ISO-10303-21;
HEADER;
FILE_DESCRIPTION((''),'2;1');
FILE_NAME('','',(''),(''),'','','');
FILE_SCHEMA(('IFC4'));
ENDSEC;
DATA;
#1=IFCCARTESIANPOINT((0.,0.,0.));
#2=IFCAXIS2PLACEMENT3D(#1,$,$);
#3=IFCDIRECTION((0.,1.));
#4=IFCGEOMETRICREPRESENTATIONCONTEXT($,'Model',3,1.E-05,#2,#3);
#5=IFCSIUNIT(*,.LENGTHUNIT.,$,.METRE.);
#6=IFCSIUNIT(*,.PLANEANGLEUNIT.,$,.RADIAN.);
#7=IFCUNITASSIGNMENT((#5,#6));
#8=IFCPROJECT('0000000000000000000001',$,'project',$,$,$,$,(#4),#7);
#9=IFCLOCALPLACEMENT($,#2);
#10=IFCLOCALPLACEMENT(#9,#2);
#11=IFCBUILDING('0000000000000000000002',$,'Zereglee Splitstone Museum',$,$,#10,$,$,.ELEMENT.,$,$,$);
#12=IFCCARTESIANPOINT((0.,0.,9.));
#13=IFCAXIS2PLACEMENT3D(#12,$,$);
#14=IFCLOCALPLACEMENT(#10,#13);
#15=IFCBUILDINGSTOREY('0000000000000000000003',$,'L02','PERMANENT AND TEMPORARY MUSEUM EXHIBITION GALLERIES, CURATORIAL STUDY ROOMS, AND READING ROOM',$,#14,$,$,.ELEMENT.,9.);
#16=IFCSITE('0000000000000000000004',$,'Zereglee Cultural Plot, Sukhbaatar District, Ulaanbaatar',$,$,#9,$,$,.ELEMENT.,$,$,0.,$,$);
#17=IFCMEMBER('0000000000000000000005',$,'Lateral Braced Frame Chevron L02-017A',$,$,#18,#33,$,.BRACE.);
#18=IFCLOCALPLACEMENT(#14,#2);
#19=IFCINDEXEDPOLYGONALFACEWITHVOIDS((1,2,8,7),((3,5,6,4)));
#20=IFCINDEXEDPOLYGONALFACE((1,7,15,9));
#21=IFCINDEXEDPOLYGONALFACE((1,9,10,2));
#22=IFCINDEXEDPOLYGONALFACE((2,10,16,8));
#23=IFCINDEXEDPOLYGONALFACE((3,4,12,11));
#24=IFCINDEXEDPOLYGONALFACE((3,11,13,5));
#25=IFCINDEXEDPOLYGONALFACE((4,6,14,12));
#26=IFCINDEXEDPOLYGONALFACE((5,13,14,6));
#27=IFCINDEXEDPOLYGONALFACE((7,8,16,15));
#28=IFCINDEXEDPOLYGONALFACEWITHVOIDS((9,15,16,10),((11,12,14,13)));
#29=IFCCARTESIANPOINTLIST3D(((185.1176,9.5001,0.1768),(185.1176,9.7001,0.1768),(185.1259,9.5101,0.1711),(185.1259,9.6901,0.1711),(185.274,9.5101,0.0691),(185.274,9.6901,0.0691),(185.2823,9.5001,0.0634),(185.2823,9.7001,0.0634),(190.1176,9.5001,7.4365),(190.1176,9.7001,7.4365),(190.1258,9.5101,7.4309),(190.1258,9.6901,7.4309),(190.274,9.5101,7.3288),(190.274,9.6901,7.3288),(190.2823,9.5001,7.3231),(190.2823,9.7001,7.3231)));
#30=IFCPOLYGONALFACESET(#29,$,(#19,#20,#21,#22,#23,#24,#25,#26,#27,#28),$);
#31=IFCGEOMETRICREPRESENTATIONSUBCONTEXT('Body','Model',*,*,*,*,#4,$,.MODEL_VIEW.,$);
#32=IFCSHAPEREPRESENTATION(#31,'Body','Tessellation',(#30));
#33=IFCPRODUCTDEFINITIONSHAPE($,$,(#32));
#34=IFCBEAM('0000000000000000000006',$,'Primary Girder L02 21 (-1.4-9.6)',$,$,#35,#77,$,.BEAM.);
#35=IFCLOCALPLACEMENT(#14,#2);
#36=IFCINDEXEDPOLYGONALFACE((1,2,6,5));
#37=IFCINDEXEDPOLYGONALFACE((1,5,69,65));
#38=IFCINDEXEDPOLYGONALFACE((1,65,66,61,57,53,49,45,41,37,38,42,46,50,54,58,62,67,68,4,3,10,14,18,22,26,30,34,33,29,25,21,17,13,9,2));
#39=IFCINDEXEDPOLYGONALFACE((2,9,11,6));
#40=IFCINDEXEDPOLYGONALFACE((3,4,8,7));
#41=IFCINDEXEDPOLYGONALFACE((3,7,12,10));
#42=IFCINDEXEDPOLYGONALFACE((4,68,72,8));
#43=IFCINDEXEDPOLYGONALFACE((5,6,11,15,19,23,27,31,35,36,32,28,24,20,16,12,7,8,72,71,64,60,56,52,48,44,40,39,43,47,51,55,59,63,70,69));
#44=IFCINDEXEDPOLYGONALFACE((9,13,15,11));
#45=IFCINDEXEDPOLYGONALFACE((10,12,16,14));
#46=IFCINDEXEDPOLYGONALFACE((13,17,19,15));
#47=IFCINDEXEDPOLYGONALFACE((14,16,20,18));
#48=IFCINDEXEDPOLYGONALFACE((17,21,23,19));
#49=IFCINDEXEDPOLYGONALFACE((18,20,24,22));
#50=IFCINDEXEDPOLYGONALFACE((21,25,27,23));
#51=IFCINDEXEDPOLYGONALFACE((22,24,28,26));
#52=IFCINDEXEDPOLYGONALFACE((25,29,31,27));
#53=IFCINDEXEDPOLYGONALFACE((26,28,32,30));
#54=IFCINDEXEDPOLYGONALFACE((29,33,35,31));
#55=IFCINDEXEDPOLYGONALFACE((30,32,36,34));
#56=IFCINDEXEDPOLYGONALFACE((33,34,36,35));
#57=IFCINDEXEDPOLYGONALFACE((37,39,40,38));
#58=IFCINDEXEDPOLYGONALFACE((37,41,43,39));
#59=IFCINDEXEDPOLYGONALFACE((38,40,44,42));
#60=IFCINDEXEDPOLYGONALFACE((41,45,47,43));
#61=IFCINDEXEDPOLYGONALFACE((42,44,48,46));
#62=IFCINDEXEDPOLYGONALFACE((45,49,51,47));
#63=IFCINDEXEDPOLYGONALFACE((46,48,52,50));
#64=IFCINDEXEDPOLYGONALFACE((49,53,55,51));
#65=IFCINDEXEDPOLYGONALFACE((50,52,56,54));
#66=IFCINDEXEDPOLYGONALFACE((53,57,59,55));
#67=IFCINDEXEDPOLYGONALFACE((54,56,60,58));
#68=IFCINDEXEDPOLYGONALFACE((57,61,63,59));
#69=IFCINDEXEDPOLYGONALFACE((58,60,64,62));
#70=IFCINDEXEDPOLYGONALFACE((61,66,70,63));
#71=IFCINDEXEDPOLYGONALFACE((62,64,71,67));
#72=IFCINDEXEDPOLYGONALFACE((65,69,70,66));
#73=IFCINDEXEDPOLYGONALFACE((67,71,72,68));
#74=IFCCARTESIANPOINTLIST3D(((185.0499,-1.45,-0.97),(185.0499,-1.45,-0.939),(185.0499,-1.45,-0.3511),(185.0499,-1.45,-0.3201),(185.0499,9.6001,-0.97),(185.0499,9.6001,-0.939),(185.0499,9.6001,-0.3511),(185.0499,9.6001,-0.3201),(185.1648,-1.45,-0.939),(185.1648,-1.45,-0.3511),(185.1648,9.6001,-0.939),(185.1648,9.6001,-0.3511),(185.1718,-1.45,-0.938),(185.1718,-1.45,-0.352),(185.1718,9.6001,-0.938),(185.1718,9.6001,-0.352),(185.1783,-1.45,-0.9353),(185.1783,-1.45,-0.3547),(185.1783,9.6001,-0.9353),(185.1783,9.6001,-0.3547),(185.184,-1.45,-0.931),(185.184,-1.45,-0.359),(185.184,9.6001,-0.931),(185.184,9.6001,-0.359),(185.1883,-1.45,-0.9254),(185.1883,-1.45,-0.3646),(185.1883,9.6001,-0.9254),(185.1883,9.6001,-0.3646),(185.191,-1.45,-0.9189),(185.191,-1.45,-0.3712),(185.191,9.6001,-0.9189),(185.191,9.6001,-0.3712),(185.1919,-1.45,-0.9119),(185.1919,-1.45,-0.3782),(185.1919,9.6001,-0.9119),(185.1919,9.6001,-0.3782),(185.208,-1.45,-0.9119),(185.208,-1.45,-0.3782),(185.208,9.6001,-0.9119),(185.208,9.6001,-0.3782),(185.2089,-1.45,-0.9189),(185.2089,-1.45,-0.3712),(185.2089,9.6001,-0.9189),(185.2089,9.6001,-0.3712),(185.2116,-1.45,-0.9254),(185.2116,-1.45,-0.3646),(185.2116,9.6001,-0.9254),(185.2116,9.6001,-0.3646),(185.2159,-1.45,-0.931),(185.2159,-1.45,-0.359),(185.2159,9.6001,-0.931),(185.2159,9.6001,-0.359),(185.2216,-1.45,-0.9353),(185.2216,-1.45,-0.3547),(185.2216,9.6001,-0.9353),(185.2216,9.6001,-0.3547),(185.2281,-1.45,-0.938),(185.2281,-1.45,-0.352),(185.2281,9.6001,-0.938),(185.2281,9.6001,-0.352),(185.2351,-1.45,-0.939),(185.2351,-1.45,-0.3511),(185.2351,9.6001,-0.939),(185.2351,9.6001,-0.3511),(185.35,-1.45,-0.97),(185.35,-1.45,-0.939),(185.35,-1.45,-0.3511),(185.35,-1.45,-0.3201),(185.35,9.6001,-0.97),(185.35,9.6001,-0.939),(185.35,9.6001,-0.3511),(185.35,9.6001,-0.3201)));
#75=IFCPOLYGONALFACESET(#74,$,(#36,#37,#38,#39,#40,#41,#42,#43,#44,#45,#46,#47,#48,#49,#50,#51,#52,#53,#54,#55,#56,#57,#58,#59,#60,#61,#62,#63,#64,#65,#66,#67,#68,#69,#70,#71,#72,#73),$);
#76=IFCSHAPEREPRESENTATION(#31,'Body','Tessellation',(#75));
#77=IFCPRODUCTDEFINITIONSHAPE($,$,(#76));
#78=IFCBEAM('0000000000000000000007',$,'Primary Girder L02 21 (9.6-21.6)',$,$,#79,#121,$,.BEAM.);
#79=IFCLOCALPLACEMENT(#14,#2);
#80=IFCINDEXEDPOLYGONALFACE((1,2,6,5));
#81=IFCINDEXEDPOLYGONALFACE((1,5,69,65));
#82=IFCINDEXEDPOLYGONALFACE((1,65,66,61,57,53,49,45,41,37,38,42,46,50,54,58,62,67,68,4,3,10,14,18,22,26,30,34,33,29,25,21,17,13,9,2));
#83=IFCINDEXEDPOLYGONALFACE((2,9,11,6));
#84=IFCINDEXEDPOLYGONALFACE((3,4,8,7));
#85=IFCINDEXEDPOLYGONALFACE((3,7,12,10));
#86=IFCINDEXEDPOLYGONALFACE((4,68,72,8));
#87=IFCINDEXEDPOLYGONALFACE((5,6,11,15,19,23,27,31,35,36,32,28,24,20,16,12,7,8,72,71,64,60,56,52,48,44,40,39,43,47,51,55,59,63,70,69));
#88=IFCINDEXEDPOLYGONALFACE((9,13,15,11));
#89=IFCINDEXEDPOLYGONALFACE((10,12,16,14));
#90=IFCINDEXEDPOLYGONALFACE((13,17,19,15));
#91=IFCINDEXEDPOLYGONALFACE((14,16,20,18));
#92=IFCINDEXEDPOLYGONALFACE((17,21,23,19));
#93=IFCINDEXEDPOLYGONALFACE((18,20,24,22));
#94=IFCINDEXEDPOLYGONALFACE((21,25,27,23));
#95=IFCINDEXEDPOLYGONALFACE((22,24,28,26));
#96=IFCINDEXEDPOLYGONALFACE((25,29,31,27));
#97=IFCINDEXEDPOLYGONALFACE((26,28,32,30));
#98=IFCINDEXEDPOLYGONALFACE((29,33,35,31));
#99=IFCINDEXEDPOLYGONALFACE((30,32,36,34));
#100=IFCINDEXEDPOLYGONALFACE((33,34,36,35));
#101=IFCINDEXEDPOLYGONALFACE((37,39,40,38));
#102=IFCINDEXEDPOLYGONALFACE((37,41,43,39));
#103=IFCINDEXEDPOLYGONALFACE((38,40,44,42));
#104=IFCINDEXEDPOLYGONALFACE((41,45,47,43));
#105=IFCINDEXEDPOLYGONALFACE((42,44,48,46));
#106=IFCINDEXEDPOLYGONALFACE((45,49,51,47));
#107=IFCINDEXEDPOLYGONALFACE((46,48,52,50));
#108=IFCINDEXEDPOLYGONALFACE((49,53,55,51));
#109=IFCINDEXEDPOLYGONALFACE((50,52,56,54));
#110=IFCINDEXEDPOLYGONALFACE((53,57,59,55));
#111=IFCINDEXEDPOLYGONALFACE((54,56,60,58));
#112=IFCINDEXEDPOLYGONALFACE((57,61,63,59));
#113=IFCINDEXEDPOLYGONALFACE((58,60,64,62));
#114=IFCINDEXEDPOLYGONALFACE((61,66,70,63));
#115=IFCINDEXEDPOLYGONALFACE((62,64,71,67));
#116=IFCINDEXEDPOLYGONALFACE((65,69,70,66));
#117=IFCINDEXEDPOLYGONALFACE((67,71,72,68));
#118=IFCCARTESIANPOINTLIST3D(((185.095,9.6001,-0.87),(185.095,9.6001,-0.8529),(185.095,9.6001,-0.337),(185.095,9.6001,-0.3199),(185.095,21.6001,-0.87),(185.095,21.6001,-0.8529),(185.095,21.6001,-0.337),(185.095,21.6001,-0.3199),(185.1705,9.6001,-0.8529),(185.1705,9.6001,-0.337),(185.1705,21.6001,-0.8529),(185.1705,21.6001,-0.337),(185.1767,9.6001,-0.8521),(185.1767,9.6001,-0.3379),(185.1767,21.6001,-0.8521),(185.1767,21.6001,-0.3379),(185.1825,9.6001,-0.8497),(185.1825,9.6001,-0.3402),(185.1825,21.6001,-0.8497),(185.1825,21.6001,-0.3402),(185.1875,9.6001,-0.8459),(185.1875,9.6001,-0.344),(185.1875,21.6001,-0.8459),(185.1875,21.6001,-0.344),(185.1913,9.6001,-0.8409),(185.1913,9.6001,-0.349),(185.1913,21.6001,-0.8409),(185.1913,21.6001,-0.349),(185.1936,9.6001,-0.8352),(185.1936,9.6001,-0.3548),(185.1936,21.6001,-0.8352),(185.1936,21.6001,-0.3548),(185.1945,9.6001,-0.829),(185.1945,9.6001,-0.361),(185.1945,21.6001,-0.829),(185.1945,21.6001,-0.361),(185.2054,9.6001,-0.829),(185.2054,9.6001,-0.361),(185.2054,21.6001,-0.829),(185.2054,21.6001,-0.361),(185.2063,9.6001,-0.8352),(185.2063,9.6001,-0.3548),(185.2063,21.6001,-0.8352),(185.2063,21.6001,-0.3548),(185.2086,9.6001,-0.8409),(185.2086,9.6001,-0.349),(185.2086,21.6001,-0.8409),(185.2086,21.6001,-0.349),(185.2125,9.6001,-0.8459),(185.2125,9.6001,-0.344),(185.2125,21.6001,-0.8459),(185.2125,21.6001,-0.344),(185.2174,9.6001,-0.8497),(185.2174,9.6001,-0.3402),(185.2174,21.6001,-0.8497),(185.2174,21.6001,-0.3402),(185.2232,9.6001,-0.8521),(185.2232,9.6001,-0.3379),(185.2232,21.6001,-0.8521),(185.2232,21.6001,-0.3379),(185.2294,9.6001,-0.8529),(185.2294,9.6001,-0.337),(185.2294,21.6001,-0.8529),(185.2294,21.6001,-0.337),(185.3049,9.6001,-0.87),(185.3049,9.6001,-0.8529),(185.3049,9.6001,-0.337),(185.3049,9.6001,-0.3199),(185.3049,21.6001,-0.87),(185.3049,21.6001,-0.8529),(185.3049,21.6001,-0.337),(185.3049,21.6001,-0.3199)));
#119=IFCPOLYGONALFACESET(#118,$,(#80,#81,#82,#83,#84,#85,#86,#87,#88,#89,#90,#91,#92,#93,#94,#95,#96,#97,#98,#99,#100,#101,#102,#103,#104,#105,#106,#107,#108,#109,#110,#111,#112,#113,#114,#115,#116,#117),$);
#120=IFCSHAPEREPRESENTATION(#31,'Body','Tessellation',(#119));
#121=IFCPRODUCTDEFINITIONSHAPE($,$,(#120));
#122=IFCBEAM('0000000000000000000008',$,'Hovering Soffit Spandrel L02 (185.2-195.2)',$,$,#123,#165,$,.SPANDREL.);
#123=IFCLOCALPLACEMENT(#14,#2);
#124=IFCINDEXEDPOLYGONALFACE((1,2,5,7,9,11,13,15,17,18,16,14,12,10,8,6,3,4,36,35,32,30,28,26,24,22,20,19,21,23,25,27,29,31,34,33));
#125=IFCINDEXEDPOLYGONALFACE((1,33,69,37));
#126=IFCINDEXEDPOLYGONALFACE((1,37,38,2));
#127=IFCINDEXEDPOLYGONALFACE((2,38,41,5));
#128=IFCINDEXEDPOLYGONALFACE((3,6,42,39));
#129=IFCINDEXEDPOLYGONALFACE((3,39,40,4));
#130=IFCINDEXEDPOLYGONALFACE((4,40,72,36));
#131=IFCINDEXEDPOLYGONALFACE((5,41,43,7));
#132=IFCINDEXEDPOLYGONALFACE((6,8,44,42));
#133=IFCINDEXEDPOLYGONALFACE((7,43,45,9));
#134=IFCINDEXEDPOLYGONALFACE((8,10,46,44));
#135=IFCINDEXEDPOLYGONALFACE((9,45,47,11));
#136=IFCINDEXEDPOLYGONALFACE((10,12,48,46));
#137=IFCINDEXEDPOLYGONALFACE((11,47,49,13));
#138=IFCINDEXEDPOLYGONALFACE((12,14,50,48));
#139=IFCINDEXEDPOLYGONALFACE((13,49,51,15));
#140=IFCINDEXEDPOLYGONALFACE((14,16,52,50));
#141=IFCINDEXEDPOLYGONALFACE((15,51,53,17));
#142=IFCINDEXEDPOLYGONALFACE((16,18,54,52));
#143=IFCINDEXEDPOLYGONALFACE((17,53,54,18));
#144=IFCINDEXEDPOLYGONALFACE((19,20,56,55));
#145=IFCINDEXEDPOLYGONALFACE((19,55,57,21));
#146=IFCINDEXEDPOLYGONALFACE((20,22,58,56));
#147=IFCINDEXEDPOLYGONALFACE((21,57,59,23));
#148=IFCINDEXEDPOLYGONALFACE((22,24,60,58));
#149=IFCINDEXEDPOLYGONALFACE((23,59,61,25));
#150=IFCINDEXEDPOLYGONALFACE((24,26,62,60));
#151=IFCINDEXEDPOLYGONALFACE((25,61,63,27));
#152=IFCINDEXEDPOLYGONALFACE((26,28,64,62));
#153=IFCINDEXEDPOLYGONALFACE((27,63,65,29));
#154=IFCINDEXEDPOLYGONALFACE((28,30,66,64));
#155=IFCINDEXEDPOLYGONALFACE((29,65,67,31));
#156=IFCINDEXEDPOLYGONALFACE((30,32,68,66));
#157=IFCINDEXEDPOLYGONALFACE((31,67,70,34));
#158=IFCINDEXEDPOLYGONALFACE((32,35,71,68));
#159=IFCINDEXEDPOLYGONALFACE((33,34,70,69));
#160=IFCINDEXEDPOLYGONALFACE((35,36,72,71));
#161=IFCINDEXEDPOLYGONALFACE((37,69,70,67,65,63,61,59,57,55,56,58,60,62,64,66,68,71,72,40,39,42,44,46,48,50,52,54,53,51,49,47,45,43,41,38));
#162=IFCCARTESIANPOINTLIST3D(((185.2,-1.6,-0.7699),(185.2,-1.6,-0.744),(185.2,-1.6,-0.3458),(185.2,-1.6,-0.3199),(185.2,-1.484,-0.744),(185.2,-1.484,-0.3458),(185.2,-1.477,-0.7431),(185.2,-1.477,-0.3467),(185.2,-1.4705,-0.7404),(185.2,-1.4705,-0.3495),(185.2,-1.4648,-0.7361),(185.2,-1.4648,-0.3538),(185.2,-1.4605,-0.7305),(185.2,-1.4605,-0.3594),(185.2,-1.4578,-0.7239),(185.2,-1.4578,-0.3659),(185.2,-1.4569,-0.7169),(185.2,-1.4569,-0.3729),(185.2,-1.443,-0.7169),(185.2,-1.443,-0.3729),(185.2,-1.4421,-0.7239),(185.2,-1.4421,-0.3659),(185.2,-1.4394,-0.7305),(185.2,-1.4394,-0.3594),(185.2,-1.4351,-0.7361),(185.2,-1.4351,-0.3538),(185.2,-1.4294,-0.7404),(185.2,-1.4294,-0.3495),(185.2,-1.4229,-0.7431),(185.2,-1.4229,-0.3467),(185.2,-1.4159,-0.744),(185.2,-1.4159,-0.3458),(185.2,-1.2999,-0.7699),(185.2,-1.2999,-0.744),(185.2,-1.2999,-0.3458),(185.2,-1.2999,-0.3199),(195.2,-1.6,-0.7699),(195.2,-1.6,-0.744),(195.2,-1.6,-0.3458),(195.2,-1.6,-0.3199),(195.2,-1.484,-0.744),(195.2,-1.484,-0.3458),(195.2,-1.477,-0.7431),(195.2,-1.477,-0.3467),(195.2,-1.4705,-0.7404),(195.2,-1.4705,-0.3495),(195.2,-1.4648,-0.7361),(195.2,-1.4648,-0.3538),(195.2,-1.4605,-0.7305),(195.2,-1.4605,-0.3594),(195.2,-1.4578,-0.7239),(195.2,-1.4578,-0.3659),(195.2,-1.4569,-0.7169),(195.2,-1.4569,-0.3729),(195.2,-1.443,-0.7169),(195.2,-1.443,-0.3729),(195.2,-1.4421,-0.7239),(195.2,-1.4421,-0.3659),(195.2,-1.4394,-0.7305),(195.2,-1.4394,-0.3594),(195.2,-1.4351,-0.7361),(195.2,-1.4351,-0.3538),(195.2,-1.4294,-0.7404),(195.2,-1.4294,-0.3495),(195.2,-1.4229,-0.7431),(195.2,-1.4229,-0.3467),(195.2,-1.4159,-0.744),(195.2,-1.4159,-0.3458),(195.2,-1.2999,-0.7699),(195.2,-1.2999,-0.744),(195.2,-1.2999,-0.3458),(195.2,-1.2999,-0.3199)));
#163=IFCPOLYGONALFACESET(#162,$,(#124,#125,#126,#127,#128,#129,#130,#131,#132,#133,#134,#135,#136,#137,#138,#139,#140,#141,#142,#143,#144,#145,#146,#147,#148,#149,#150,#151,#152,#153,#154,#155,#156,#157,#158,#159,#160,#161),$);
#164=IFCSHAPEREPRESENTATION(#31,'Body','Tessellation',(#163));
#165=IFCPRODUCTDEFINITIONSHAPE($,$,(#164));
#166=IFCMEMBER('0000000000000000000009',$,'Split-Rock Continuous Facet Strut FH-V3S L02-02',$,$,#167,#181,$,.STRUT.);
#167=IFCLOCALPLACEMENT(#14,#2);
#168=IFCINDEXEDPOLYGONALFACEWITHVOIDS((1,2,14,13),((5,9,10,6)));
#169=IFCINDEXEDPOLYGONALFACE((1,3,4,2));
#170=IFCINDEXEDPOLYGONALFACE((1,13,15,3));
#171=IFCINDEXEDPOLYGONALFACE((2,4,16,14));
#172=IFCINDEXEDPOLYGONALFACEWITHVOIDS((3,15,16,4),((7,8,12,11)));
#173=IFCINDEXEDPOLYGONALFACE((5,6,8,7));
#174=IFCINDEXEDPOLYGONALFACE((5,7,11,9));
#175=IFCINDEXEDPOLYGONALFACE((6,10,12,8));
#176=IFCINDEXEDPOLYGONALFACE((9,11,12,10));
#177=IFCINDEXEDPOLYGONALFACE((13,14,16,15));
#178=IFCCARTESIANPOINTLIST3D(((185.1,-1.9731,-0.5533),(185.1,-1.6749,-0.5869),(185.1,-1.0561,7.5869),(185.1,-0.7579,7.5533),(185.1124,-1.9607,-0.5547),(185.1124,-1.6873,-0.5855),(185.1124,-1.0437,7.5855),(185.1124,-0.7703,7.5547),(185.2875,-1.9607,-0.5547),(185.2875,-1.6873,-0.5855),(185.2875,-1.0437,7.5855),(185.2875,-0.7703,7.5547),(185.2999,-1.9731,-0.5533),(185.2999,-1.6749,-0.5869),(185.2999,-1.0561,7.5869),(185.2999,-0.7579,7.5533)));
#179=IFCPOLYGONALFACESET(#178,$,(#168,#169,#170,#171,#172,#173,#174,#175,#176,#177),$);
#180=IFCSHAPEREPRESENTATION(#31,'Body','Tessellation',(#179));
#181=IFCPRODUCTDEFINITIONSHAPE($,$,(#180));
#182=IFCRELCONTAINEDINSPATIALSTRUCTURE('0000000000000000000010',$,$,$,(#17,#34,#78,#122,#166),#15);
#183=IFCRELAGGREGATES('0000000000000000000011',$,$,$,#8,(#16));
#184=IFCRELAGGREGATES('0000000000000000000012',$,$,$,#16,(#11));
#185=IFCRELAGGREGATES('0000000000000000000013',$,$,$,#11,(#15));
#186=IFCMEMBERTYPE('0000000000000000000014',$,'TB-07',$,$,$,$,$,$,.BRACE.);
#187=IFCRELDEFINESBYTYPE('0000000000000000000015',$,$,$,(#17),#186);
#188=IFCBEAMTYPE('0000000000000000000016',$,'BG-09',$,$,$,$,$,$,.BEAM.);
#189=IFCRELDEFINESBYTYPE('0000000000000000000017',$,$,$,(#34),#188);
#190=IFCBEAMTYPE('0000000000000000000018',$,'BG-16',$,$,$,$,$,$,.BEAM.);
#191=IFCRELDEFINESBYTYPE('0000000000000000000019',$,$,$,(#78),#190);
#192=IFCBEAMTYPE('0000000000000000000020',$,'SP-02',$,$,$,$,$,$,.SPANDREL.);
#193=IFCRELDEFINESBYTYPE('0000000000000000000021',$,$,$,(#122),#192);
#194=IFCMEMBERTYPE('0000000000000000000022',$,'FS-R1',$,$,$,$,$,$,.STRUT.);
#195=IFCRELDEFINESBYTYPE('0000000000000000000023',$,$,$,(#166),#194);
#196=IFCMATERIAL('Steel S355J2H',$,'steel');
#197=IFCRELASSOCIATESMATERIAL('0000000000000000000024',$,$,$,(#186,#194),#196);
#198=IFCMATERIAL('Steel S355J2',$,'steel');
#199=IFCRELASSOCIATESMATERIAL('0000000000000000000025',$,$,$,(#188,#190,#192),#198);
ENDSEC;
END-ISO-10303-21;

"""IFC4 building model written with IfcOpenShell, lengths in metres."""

from ifc_helpers import new_model, si_unit, direction, frame, origin, origin_2d, place, context, subcontext, project, spatial, hollow_rectangle, i_section, extrude, material, material_profile, profile_set, type_object, element, save


model = new_model("IFC4")

# Units and contexts
model_context = context("Model", 3, precision=1e-05, world=origin(), true_north=direction((0.0, 1.0)))
body_context = subcontext(model_context, "Body", "Model", "MODEL_VIEW")
ifc_project = project(units=[si_unit("LENGTHUNIT", "METRE"), si_unit("PLANEANGLEUNIT", "RADIAN")], contexts=[model_context])

# Site, building, storey
site_placement = place(None, origin())
site = spatial("IfcSite", under=ifc_project, at=site_placement, Name="Zereglee Cultural Plot, Sukhbaatar District, Ulaanbaatar", CompositionType="ELEMENT", RefElevation=0.0)
building_placement = place(site_placement, origin())
building = spatial("IfcBuilding", under=site, at=building_placement, Name="Zereglee Splitstone Museum", CompositionType="ELEMENT")
storey_placement = place(building_placement, frame((0.0, 0.0, 9.0)))
storey = spatial("IfcBuildingStorey", under=building, at=storey_placement, Name="L02", Description="PERMANENT AND TEMPORARY MUSEUM EXHIBITION GALLERIES, CURATORIAL STUDY ROOMS, AND READING ROOM", CompositionType="ELEMENT", Elevation=9.0)

# Member
ifc_material_1 = material(Name="Steel S355J2H", Category="steel")
ifc_material_profile_1 = material_profile(ifc_material_1, hollow_rectangle(XDim=0.2, YDim=0.2, WallThickness=0.01, at=origin_2d()), Name="SHS 200x200x10")
ifc_profile_set_1 = profile_set([ifc_material_profile_1], Name="Steel S355J2H")
member_type_1 = type_object("IfcMemberType", Name="TB-07", PredefinedType="BRACE", material=ifc_profile_set_1)
member_1_placement = place(storey_placement, frame((185.2, 9.6001, 0.1201), z_axis=(0.567215, 0.0, 0.82357), x_axis=(0.0, 1.0, 0.0)))
element("IfcMember", 1, at=member_1_placement, inside=storey, type_object=member_type_1, Name="Lateral Braced Frame Chevron L02-017A", PredefinedType="BRACE", context=body_context, shape_type="SweptSolid", body=[
    extrude(hollow_rectangle(XDim=0.2, YDim=0.2, WallThickness=0.01, at=origin_2d()), origin(), (0.0, 0.0, 1.0), 8.8149),
])

# Beams
ifc_material_2 = material(Name="Steel S355J2", Category="steel")
ifc_material_profile_2 = material_profile(ifc_material_2, i_section(OverallWidth=0.3, OverallDepth=0.6499, WebThickness=0.0161, FlangeThickness=0.031, FilletRadius=0.0271, at=origin_2d()), Name="HE 650 B")
ifc_profile_set_2 = profile_set([ifc_material_profile_2], Name="Steel S355J2")
beam_type_1 = type_object("IfcBeamType", Name="BG-09", PredefinedType="BEAM", material=ifc_profile_set_2)
beam_1_placement = place(storey_placement, frame((185.2, -1.45, -0.645), z_axis=(0.0, 1.0, 0.0), x_axis=(-1.0, 0.0, 0.0)))
element("IfcBeam", 2, at=beam_1_placement, inside=storey, type_object=beam_type_1, Name="Primary Girder L02 21 (-1.4-9.6)", PredefinedType="BEAM", context=body_context, shape_type="SweptSolid", body=[
    extrude(i_section(OverallWidth=0.3, OverallDepth=0.6499, WebThickness=0.0161, FlangeThickness=0.031, FilletRadius=0.0271, at=origin_2d()), origin(), (0.0, 0.0, 1.0), 11.05),
])
ifc_material_profile_3 = material_profile(ifc_material_2, i_section(OverallWidth=0.21, OverallDepth=0.55, WebThickness=0.011, FlangeThickness=0.0171, FilletRadius=0.0239, at=origin_2d()), Name="IPE 550")
ifc_profile_set_3 = profile_set([ifc_material_profile_3], Name="Steel S355J2")
beam_type_2 = type_object("IfcBeamType", Name="BG-16", PredefinedType="BEAM", material=ifc_profile_set_3)
beam_2_placement = place(storey_placement, frame((185.2, 9.6001, -0.595), z_axis=(0.0, 1.0, 0.0), x_axis=(-1.0, 0.0, 0.0)))
element("IfcBeam", 3, at=beam_2_placement, inside=storey, type_object=beam_type_2, Name="Primary Girder L02 21 (9.6-21.6)", PredefinedType="BEAM", context=body_context, shape_type="SweptSolid", body=[
    extrude(i_section(OverallWidth=0.21, OverallDepth=0.55, WebThickness=0.011, FlangeThickness=0.0171, FilletRadius=0.0239, at=origin_2d()), origin(), (0.0, 0.0, 1.0), 12.0),
])
ifc_material_profile_4 = material_profile(ifc_material_2, i_section(OverallWidth=0.3, OverallDepth=0.45, WebThickness=0.0139, FlangeThickness=0.0259, FilletRadius=0.0271, at=origin_2d()), Name="HE 450 B")
ifc_profile_set_4 = profile_set([ifc_material_profile_4], Name="Steel S355J2")
beam_type_3 = type_object("IfcBeamType", Name="SP-02", PredefinedType="SPANDREL", material=ifc_profile_set_4)
beam_3_placement = place(storey_placement, frame((185.2, -1.45, -0.5449), z_axis=(1.0, 0.0, 0.0), x_axis=(0.0, 1.0, 0.0)))
element("IfcBeam", 4, at=beam_3_placement, inside=storey, type_object=beam_type_3, Name="Hovering Soffit Spandrel L02 (185.2-195.2)", PredefinedType="SPANDREL", context=body_context, shape_type="SweptSolid", body=[
    extrude(i_section(OverallWidth=0.3, OverallDepth=0.45, WebThickness=0.0139, FlangeThickness=0.0259, FilletRadius=0.0271, at=origin_2d()), origin(), (0.0, 0.0, 1.0), 10.0),
])

# Member
ifc_material_profile_5 = material_profile(ifc_material_1, hollow_rectangle(XDim=0.2, YDim=0.3, WallThickness=0.0125, at=origin_2d()), Name="RHS 300x200x12.5")
ifc_profile_set_5 = profile_set([ifc_material_profile_5], Name="Steel S355J2H")
member_type_2 = type_object("IfcMemberType", Name="FS-R1", PredefinedType="STRUT", material=ifc_profile_set_5)
member_2_placement = place(storey_placement, frame((185.2, -1.824, -0.5701), z_axis=(0.0, 0.111943, 0.993715), x_axis=(-1.0, 0.0, 0.0)))
element("IfcMember", 5, at=member_2_placement, inside=storey, type_object=member_type_2, Name="Split-Rock Continuous Facet Strut FH-V3S L02-02", PredefinedType="STRUT", context=body_context, shape_type="SweptSolid", body=[
    extrude(hollow_rectangle(XDim=0.2, YDim=0.3, WallThickness=0.0125, at=origin_2d()), origin(), (0.0, 0.0, 1.0), 8.1917),
])

save(model, "model.ifc")
